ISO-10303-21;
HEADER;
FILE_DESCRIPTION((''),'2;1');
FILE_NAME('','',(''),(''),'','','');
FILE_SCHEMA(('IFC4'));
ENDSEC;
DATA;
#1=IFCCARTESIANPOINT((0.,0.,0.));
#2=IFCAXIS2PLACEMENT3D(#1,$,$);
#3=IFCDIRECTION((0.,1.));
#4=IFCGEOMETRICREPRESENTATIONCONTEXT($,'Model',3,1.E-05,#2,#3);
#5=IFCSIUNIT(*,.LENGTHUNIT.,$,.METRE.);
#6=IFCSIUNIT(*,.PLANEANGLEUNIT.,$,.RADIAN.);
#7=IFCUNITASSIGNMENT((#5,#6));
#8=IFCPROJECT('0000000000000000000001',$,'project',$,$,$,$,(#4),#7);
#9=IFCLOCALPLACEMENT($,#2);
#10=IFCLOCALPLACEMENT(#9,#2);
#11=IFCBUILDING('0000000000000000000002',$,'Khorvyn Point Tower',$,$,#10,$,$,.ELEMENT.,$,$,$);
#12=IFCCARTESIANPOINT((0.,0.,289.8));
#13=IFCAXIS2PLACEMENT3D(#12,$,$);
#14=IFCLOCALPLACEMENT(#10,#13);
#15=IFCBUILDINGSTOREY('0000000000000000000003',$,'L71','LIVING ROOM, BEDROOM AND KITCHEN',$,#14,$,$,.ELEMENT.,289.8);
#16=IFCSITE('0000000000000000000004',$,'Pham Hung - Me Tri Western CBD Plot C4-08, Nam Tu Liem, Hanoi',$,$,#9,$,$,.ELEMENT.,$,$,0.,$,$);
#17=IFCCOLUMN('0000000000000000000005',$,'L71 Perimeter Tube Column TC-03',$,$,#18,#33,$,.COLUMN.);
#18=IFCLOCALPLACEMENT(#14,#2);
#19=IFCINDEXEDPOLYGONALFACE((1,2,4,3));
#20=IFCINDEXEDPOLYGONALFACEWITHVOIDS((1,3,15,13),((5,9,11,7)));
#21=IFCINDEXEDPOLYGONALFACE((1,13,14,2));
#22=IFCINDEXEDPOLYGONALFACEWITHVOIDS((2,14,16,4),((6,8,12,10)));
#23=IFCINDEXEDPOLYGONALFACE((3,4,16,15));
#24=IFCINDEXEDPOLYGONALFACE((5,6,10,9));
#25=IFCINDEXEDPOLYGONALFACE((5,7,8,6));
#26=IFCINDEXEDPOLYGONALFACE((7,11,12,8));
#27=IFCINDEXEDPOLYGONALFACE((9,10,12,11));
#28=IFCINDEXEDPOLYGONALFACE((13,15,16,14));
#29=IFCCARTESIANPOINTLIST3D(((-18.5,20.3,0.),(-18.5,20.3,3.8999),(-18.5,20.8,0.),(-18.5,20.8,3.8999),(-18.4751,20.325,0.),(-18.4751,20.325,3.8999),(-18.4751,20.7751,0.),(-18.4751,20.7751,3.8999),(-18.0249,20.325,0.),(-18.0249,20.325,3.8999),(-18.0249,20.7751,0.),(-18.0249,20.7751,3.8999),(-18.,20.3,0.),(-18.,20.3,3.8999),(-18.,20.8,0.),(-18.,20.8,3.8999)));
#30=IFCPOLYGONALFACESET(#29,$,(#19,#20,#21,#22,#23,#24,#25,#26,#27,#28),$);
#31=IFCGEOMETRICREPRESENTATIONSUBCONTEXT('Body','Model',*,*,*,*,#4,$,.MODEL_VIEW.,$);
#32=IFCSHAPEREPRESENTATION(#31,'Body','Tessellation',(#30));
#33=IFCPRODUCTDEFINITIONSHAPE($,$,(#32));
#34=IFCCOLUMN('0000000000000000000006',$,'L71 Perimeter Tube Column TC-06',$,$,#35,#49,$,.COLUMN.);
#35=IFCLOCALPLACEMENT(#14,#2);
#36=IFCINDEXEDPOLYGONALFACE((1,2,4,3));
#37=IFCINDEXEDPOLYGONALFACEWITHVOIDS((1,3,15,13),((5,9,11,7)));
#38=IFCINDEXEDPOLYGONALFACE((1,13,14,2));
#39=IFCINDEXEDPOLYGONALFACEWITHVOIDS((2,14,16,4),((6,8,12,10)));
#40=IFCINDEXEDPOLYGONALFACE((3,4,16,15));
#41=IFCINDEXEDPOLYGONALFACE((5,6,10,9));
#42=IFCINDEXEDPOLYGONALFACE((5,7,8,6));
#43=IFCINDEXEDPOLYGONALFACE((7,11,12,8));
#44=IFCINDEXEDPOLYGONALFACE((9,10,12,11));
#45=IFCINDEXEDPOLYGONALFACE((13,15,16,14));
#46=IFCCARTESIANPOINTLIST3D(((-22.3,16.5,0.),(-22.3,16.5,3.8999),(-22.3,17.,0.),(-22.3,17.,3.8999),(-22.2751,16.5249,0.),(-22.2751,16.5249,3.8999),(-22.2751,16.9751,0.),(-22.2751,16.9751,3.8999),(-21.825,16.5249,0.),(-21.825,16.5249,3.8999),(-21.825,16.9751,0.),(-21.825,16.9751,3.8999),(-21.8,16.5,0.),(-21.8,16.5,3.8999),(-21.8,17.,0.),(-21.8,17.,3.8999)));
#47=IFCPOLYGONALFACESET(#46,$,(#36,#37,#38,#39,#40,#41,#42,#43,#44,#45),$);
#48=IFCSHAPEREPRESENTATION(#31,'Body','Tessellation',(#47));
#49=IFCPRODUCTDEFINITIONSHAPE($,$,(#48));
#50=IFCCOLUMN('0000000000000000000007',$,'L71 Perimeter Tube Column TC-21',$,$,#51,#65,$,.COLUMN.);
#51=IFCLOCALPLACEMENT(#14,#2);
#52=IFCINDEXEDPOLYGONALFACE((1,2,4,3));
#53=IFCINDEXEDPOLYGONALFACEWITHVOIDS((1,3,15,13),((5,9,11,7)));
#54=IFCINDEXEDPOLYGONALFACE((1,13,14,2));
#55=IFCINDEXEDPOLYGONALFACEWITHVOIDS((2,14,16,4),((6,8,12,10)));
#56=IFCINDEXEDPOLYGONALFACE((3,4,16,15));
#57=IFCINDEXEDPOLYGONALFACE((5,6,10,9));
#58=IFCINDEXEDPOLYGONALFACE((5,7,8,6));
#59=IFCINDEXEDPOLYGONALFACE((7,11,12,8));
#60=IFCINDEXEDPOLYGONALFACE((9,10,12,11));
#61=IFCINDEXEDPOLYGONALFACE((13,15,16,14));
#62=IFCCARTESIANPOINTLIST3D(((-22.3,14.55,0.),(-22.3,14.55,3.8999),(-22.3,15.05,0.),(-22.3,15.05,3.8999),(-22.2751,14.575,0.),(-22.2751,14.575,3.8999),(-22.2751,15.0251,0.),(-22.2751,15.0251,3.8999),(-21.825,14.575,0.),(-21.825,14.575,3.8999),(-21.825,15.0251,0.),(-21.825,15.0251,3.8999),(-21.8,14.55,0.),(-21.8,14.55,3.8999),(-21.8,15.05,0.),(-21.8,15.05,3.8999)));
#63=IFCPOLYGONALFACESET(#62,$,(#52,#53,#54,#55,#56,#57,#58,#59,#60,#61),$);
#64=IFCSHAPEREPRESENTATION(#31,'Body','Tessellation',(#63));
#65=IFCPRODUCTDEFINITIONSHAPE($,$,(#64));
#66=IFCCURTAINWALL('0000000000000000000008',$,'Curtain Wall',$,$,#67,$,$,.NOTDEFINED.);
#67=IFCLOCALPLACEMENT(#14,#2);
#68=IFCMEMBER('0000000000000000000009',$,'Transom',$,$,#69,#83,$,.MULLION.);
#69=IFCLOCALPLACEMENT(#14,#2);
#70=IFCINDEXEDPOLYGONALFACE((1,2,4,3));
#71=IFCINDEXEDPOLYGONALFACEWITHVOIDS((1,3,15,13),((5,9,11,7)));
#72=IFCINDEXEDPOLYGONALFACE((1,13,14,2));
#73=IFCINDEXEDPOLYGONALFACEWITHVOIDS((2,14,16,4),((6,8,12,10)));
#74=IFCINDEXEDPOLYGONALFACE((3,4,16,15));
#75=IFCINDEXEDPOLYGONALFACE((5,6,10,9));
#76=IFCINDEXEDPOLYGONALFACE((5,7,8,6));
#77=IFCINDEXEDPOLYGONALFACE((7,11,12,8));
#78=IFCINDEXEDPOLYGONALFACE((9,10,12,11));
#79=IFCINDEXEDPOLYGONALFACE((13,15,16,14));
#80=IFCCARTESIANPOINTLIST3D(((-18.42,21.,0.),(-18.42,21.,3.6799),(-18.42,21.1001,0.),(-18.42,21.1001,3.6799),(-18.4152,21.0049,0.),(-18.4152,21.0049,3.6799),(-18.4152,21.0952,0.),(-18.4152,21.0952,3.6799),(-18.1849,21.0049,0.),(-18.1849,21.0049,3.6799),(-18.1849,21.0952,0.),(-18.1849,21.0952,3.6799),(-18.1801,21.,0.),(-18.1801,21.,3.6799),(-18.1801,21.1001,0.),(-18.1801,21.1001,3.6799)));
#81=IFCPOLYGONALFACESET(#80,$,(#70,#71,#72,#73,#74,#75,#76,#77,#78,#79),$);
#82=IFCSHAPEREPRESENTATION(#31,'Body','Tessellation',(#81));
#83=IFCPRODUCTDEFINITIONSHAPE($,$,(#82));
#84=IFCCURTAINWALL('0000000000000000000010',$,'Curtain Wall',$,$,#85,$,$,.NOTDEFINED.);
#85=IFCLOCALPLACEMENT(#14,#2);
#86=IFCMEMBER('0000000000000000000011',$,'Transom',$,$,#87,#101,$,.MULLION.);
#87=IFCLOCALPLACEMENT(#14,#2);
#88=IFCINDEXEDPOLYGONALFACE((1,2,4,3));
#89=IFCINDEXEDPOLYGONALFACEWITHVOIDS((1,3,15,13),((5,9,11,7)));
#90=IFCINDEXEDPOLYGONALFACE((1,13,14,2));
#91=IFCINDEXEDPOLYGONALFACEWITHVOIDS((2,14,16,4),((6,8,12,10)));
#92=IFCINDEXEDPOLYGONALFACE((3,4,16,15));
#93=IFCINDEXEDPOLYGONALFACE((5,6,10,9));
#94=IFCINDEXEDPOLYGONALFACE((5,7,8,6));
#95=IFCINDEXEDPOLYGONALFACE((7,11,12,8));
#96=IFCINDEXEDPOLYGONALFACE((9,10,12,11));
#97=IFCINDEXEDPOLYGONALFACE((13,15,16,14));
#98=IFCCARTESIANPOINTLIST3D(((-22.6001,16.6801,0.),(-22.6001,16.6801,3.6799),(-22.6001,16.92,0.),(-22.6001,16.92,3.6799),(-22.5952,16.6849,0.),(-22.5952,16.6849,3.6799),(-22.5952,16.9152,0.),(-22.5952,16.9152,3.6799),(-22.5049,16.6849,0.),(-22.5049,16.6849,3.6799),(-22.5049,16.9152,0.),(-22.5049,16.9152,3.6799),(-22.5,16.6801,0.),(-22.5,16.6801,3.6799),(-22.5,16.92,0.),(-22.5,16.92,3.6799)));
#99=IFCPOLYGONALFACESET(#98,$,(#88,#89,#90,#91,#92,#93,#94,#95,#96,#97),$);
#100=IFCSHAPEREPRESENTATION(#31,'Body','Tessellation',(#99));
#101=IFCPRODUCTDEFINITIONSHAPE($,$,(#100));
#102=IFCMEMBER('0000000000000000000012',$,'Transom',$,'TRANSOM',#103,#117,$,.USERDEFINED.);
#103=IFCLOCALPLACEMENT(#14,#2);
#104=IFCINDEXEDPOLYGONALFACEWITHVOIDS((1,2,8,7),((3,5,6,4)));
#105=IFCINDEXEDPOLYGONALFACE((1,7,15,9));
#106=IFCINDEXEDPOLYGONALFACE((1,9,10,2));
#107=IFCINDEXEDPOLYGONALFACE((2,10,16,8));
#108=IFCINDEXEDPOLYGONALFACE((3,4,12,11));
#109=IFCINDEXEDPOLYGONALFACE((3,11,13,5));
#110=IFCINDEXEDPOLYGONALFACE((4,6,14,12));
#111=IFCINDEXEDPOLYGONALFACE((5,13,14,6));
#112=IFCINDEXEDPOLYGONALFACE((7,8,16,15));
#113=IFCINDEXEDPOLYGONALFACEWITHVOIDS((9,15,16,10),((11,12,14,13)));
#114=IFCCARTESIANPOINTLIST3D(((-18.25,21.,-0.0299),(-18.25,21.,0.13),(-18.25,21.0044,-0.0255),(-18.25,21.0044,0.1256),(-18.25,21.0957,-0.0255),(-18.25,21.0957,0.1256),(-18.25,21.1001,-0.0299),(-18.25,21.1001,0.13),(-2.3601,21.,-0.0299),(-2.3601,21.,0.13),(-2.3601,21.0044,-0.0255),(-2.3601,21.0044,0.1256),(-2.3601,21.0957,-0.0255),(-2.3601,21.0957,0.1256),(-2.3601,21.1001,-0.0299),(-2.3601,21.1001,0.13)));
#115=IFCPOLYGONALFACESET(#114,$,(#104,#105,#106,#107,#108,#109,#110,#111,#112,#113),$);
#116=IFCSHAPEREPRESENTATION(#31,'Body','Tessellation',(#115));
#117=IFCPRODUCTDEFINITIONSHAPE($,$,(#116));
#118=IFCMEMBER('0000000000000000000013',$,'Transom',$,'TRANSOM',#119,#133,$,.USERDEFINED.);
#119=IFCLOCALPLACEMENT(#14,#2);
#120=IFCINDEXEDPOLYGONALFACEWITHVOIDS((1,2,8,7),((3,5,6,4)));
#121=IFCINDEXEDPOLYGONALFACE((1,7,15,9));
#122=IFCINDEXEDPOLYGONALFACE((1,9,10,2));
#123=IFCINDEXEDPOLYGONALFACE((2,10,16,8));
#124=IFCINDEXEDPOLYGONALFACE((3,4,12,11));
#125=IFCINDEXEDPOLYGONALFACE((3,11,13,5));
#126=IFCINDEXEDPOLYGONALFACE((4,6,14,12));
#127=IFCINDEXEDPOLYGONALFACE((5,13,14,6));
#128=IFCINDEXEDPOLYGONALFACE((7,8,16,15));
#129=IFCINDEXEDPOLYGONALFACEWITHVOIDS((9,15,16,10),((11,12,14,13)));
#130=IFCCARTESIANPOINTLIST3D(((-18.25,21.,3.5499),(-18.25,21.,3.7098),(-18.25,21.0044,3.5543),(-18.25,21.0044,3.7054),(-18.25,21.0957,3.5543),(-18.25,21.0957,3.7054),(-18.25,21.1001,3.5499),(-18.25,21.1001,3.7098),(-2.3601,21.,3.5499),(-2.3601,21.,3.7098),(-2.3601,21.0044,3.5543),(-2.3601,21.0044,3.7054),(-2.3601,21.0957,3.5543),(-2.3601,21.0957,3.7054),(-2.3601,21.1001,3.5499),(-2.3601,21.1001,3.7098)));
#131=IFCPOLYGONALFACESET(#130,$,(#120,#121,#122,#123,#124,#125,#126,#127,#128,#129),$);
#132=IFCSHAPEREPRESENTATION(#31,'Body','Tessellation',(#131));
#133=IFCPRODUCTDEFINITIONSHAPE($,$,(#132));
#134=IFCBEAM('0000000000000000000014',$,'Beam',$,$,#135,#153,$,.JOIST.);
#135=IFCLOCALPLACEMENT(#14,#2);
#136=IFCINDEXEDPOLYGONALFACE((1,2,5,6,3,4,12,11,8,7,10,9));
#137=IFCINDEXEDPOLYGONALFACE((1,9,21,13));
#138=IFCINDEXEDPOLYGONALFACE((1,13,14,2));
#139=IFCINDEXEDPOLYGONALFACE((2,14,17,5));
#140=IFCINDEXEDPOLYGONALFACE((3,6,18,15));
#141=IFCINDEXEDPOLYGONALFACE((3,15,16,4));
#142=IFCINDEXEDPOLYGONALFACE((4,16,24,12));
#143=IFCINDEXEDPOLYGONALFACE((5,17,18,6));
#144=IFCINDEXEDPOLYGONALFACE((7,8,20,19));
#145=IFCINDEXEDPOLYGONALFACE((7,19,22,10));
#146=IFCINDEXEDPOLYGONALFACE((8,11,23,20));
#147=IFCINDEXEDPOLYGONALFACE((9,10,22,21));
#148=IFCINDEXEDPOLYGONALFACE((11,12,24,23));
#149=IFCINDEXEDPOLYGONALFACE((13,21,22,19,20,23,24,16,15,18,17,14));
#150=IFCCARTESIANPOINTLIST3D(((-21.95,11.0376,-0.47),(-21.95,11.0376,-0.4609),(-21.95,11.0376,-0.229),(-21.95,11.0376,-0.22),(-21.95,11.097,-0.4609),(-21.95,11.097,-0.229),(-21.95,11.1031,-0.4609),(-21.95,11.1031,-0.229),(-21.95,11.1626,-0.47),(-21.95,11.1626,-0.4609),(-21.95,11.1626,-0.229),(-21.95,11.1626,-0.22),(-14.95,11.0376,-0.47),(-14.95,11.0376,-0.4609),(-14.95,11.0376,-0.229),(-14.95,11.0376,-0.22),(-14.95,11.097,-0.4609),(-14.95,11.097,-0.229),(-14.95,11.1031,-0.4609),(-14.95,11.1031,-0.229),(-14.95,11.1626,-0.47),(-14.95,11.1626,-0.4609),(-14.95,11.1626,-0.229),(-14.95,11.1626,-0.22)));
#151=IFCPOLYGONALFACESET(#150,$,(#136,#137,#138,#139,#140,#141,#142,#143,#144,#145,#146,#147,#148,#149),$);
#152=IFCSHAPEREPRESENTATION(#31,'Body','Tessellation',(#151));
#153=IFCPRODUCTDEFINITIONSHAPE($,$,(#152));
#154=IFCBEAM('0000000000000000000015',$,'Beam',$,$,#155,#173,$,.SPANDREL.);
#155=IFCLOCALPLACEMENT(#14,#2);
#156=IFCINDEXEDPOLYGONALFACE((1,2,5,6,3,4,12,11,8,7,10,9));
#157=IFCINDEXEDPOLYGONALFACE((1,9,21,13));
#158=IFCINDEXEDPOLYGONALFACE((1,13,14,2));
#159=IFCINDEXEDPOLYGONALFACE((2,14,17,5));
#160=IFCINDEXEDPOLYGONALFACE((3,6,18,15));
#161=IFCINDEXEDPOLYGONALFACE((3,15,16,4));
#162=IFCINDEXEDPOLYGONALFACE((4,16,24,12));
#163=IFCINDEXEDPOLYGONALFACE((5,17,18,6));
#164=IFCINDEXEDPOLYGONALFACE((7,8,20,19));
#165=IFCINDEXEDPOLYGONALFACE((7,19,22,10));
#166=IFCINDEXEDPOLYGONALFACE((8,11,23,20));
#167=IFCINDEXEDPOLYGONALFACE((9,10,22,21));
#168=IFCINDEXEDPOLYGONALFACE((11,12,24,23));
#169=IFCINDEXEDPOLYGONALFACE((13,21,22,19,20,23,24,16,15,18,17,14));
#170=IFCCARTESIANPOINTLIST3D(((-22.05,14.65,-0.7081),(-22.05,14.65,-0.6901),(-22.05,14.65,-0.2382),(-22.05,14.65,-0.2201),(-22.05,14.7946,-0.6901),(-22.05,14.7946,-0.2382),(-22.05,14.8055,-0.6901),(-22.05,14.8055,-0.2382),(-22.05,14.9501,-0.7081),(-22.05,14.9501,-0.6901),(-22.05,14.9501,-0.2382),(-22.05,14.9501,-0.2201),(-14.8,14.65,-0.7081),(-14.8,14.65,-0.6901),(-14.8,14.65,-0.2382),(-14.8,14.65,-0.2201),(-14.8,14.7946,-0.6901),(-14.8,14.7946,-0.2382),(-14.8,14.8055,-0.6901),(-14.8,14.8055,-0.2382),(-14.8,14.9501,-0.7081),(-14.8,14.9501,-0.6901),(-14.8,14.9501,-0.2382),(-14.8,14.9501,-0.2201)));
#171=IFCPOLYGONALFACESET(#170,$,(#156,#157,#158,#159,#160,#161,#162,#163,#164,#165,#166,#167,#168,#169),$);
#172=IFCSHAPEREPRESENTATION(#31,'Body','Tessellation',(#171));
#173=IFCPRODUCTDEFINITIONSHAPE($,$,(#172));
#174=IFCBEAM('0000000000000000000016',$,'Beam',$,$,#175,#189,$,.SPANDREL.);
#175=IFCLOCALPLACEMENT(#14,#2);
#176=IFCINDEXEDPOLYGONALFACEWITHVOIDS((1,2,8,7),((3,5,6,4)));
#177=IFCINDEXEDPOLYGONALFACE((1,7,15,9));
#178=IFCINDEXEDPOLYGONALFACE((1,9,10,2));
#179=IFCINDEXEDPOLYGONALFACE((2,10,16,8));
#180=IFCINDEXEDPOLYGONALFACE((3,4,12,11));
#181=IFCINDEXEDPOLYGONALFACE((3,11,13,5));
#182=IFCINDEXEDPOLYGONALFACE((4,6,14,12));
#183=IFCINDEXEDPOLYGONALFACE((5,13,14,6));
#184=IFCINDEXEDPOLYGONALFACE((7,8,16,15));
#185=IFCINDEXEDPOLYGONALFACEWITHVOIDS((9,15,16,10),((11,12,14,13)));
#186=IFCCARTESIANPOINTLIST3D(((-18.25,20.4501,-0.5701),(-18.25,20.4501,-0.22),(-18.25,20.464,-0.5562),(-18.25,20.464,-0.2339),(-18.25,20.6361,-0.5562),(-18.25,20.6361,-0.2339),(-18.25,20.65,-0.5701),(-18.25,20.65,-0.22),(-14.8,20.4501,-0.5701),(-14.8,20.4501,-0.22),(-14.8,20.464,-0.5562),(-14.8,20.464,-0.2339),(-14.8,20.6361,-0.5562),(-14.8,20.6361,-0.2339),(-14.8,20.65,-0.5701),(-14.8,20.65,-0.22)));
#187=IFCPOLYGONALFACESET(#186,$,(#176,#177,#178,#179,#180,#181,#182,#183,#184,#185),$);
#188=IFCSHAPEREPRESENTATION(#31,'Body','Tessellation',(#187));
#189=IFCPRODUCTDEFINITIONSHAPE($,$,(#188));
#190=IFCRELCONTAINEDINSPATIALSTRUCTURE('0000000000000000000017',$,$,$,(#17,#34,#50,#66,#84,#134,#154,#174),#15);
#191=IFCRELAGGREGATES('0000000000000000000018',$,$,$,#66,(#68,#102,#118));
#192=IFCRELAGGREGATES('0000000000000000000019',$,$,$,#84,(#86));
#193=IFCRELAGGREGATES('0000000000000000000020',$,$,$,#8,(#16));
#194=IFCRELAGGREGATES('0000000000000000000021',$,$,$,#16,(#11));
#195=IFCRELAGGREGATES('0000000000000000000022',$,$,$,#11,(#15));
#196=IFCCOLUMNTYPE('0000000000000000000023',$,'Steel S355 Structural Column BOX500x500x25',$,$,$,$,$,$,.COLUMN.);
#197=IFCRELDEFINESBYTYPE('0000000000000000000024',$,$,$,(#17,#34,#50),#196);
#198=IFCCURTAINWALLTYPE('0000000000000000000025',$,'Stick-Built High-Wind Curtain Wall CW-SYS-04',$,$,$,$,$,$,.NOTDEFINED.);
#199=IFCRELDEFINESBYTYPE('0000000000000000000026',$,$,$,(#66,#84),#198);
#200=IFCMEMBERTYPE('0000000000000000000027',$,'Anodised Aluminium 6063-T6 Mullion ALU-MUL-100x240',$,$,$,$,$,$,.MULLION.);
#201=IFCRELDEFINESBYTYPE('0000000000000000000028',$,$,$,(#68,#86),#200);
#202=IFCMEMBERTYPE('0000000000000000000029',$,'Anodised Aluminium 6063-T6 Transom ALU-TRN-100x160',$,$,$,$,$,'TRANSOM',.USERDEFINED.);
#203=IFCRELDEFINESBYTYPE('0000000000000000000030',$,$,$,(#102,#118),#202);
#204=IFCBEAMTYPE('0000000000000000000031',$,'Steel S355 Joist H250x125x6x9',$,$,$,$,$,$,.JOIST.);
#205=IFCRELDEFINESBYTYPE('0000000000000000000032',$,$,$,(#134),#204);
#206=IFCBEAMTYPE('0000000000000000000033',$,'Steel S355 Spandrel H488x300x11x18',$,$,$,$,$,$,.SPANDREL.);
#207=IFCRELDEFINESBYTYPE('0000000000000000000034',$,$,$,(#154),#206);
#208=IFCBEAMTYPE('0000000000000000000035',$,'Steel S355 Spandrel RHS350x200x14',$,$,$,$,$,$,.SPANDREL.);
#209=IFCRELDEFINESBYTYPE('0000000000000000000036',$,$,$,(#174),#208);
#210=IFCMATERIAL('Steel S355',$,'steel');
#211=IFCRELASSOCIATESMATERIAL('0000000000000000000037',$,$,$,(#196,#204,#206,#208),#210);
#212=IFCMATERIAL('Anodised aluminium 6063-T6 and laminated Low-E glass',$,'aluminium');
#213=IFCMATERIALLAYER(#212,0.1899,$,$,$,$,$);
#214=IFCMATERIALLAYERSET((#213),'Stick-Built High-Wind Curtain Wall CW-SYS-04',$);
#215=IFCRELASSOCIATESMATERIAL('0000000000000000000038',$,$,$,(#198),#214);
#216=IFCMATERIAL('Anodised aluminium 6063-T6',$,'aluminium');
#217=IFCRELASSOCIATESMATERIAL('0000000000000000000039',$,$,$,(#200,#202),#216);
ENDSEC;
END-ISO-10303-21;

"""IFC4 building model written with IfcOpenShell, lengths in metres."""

from ifc_helpers import new_model, si_unit, direction, frame, origin, origin_2d, place, context, subcontext, project, spatial, hollow_rectangle, i_section, extrude, material, layer, layer_set, material_profile, profile_set, type_object, element, aggregate, save


model = new_model("IFC4")

# Units and contexts
model_context = context("Model", 3, precision=1e-05, world=origin(), true_north=direction((0.0, 1.0)))
body_context = subcontext(model_context, "Body", "Model", "MODEL_VIEW")
ifc_project = project(units=[si_unit("LENGTHUNIT", "METRE"), si_unit("PLANEANGLEUNIT", "RADIAN")], contexts=[model_context])

# Site, building, storey
site_placement = place(None, origin())
site = spatial("IfcSite", under=ifc_project, at=site_placement, Name="Pham Hung - Me Tri Western CBD Plot C4-08, Nam Tu Liem, Hanoi", CompositionType="ELEMENT", RefElevation=0.0)
building_placement = place(site_placement, origin())
building = spatial("IfcBuilding", under=site, at=building_placement, Name="Khorvyn Point Tower", CompositionType="ELEMENT")
storey_placement = place(building_placement, frame((0.0, 0.0, 289.8)))
storey = spatial("IfcBuildingStorey", under=building, at=storey_placement, Name="L71", Description="LIVING ROOM, BEDROOM AND KITCHEN", CompositionType="ELEMENT", Elevation=289.8)

# Columns
ifc_material_1 = material(Name="Steel S355", Category="steel")
ifc_material_profile_1 = material_profile(ifc_material_1, hollow_rectangle(XDim=0.5, YDim=0.5, WallThickness=0.0249, at=origin_2d()))
ifc_profile_set_1 = profile_set([ifc_material_profile_1], Name="Steel S355 BOX500x500x25")
column_type = type_object("IfcColumnType", Name="Steel S355 Structural Column BOX500x500x25", PredefinedType="COLUMN", material=ifc_profile_set_1)
for number, where, z_axis, x_axis, name in (
    (1, (-18.25, 20.55, 0.0), (0.0, 0.0, 1.0), (1.0, 0.0, 0.0), "L71 Perimeter Tube Column TC-03"),
    (2, (-22.05, 16.75, 0.0), (0.0, 0.0, 1.0), (1.0, 0.0, 0.0), "L71 Perimeter Tube Column TC-06"),
    (3, (-22.05, 14.8, 0.0), (0.0, 0.0, 1.0), (1.0, 0.0, 0.0), "L71 Perimeter Tube Column TC-21"),
):
    element("IfcColumn", number, at=place(storey_placement, frame(where, z_axis=z_axis, x_axis=x_axis)), inside=storey, type_object=column_type, Name=name, PredefinedType="COLUMN", context=body_context, shape_type="SweptSolid", body=[
        extrude(hollow_rectangle(XDim=0.5, YDim=0.5, WallThickness=0.0249, at=origin_2d()), origin(), (0.0, 0.0, 1.0), 3.8999),
    ])

# Curtain walls, members
ifc_material_2 = material(Name="Anodised aluminium 6063-T6 and laminated Low-E glass", Category="aluminium")
ifc_layer_1 = layer(ifc_material_2, 0.1899)
ifc_layer_set_1 = layer_set([ifc_layer_1], Name="Stick-Built High-Wind Curtain Wall CW-SYS-04")
curtain_wall_type = type_object("IfcCurtainWallType", Name="Stick-Built High-Wind Curtain Wall CW-SYS-04", PredefinedType="NOTDEFINED", material=ifc_layer_set_1)
curtain_wall_1_placement = place(storey_placement, origin())
curtain_wall_1 = element("IfcCurtainWall", 4, at=curtain_wall_1_placement, inside=storey, type_object=curtain_wall_type, Name="Curtain Wall", PredefinedType="NOTDEFINED")
ifc_material_3 = material(Name="Anodised aluminium 6063-T6", Category="aluminium")
ifc_material_profile_2 = material_profile(ifc_material_3, hollow_rectangle(XDim=0.1001, YDim=0.24, WallThickness=0.0049, at=origin_2d()))
ifc_profile_set_2 = profile_set([ifc_material_profile_2], Name="Anodised aluminium 6063-T6 ALU-MUL-100x240")
member_type_1 = type_object("IfcMemberType", Name="Anodised Aluminium 6063-T6 Mullion ALU-MUL-100x240", PredefinedType="MULLION", material=ifc_profile_set_2)
member_1_placement = place(storey_placement, frame((-18.3, 21.05, 0.0), z_axis=(0.0, 0.0, 1.0), x_axis=(0.0, 1.0, 0.0)))
member_1 = element("IfcMember", 5, at=member_1_placement, type_object=member_type_1, Name="Transom", PredefinedType="MULLION", context=body_context, shape_type="SweptSolid", body=[
    extrude(hollow_rectangle(XDim=0.1001, YDim=0.24, WallThickness=0.0049, at=origin_2d()), origin(), (0.0, 0.0, 1.0), 3.6799),
])
curtain_wall_2_placement = place(storey_placement, origin())
curtain_wall_2 = element("IfcCurtainWall", 6, at=curtain_wall_2_placement, inside=storey, type_object=curtain_wall_type, Name="Curtain Wall", PredefinedType="NOTDEFINED")
member_2_placement = place(storey_placement, frame((-22.55, 16.8, 0.0), z_axis=(0.0, 0.0, 1.0), x_axis=(-1.0, 0.0, 0.0)))
member_2 = element("IfcMember", 7, at=member_2_placement, type_object=member_type_1, Name="Transom", PredefinedType="MULLION", context=body_context, shape_type="SweptSolid", body=[
    extrude(hollow_rectangle(XDim=0.1001, YDim=0.24, WallThickness=0.0049, at=origin_2d()), origin(), (0.0, 0.0, 1.0), 3.6799),
])

# Members
ifc_material_profile_3 = material_profile(ifc_material_3, hollow_rectangle(XDim=0.1001, YDim=0.1599, WallThickness=0.0044, at=origin_2d()))
ifc_profile_set_3 = profile_set([ifc_material_profile_3], Name="Anodised aluminium 6063-T6 ALU-TRN-100x160")
member_type_2 = type_object("IfcMemberType", Name="Anodised Aluminium 6063-T6 Transom ALU-TRN-100x160", ElementType="TRANSOM", PredefinedType="USERDEFINED", material=ifc_profile_set_3)
member_3_placement = place(storey_placement, frame((-18.25, 21.05, 0.05), z_axis=(1.0, 0.0, 0.0), x_axis=(0.0, 1.0, 0.0)))
member_3 = element("IfcMember", 8, at=member_3_placement, type_object=member_type_2, Name="Transom", ObjectType="TRANSOM", PredefinedType="USERDEFINED", context=body_context, shape_type="SweptSolid", body=[
    extrude(hollow_rectangle(XDim=0.1001, YDim=0.1599, WallThickness=0.0044, at=origin_2d()), origin(), (0.0, 0.0, 1.0), 15.8899),
])
member_4_placement = place(storey_placement, frame((-18.25, 21.05, 3.6299), z_axis=(1.0, 0.0, 0.0), x_axis=(0.0, 1.0, 0.0)))
member_4 = element("IfcMember", 9, at=member_4_placement, type_object=member_type_2, Name="Transom", ObjectType="TRANSOM", PredefinedType="USERDEFINED", context=body_context, shape_type="SweptSolid", body=[
    extrude(hollow_rectangle(XDim=0.1001, YDim=0.1599, WallThickness=0.0044, at=origin_2d()), origin(), (0.0, 0.0, 1.0), 15.8899),
])
aggregate(curtain_wall_1, [member_1, member_3, member_4])

# Beams
ifc_material_profile_4 = material_profile(ifc_material_1, i_section(OverallWidth=0.125, OverallDepth=0.25, WebThickness=0.0061, FlangeThickness=0.009, at=origin_2d()))
ifc_profile_set_4 = profile_set([ifc_material_profile_4], Name="Steel S355 H250x125x6x9")
beam_type_1 = type_object("IfcBeamType", Name="Steel S355 Joist H250x125x6x9", PredefinedType="JOIST", material=ifc_profile_set_4)
beam_1_placement = place(storey_placement, frame((-21.95, 11.1001, -0.345), z_axis=(1.0, 0.0, 0.0), x_axis=(0.0, 1.0, 0.0)))
element("IfcBeam", 10, at=beam_1_placement, inside=storey, type_object=beam_type_1, Name="Beam", PredefinedType="JOIST", context=body_context, shape_type="SweptSolid", body=[
    extrude(i_section(OverallWidth=0.125, OverallDepth=0.25, WebThickness=0.0061, FlangeThickness=0.009, at=origin_2d()), origin(), (0.0, 0.0, 1.0), 7.0),
])
ifc_material_profile_5 = material_profile(ifc_material_1, i_section(OverallWidth=0.3, OverallDepth=0.488, WebThickness=0.011, FlangeThickness=0.0181, at=origin_2d()))
ifc_profile_set_5 = profile_set([ifc_material_profile_5], Name="Steel S355 H488x300x11x18")
beam_type_2 = type_object("IfcBeamType", Name="Steel S355 Spandrel H488x300x11x18", PredefinedType="SPANDREL", material=ifc_profile_set_5)
beam_2_placement = place(storey_placement, frame((-22.05, 14.8, -0.4641), z_axis=(1.0, 0.0, 0.0), x_axis=(0.0, 1.0, 0.0)))
element("IfcBeam", 11, at=beam_2_placement, inside=storey, type_object=beam_type_2, Name="Beam", PredefinedType="SPANDREL", context=body_context, shape_type="SweptSolid", body=[
    extrude(i_section(OverallWidth=0.3, OverallDepth=0.488, WebThickness=0.011, FlangeThickness=0.0181, at=origin_2d()), origin(), (0.0, 0.0, 1.0), 7.25),
])
ifc_material_profile_6 = material_profile(ifc_material_1, hollow_rectangle(XDim=0.2, YDim=0.3501, WallThickness=0.0139, at=origin_2d()))
ifc_profile_set_6 = profile_set([ifc_material_profile_6], Name="Steel S355 RHS350x200x14")
beam_type_3 = type_object("IfcBeamType", Name="Steel S355 Spandrel RHS350x200x14", PredefinedType="SPANDREL", material=ifc_profile_set_6)
beam_3_placement = place(storey_placement, frame((-18.25, 20.55, -0.395), z_axis=(1.0, 0.0, 0.0), x_axis=(0.0, 1.0, 0.0)))
element("IfcBeam", 12, at=beam_3_placement, inside=storey, type_object=beam_type_3, Name="Beam", PredefinedType="SPANDREL", context=body_context, shape_type="SweptSolid", body=[
    extrude(hollow_rectangle(XDim=0.2, YDim=0.3501, WallThickness=0.0139, at=origin_2d()), origin(), (0.0, 0.0, 1.0), 3.45),
])

aggregate(curtain_wall_2, [member_2])

save(model, "model.ifc")
